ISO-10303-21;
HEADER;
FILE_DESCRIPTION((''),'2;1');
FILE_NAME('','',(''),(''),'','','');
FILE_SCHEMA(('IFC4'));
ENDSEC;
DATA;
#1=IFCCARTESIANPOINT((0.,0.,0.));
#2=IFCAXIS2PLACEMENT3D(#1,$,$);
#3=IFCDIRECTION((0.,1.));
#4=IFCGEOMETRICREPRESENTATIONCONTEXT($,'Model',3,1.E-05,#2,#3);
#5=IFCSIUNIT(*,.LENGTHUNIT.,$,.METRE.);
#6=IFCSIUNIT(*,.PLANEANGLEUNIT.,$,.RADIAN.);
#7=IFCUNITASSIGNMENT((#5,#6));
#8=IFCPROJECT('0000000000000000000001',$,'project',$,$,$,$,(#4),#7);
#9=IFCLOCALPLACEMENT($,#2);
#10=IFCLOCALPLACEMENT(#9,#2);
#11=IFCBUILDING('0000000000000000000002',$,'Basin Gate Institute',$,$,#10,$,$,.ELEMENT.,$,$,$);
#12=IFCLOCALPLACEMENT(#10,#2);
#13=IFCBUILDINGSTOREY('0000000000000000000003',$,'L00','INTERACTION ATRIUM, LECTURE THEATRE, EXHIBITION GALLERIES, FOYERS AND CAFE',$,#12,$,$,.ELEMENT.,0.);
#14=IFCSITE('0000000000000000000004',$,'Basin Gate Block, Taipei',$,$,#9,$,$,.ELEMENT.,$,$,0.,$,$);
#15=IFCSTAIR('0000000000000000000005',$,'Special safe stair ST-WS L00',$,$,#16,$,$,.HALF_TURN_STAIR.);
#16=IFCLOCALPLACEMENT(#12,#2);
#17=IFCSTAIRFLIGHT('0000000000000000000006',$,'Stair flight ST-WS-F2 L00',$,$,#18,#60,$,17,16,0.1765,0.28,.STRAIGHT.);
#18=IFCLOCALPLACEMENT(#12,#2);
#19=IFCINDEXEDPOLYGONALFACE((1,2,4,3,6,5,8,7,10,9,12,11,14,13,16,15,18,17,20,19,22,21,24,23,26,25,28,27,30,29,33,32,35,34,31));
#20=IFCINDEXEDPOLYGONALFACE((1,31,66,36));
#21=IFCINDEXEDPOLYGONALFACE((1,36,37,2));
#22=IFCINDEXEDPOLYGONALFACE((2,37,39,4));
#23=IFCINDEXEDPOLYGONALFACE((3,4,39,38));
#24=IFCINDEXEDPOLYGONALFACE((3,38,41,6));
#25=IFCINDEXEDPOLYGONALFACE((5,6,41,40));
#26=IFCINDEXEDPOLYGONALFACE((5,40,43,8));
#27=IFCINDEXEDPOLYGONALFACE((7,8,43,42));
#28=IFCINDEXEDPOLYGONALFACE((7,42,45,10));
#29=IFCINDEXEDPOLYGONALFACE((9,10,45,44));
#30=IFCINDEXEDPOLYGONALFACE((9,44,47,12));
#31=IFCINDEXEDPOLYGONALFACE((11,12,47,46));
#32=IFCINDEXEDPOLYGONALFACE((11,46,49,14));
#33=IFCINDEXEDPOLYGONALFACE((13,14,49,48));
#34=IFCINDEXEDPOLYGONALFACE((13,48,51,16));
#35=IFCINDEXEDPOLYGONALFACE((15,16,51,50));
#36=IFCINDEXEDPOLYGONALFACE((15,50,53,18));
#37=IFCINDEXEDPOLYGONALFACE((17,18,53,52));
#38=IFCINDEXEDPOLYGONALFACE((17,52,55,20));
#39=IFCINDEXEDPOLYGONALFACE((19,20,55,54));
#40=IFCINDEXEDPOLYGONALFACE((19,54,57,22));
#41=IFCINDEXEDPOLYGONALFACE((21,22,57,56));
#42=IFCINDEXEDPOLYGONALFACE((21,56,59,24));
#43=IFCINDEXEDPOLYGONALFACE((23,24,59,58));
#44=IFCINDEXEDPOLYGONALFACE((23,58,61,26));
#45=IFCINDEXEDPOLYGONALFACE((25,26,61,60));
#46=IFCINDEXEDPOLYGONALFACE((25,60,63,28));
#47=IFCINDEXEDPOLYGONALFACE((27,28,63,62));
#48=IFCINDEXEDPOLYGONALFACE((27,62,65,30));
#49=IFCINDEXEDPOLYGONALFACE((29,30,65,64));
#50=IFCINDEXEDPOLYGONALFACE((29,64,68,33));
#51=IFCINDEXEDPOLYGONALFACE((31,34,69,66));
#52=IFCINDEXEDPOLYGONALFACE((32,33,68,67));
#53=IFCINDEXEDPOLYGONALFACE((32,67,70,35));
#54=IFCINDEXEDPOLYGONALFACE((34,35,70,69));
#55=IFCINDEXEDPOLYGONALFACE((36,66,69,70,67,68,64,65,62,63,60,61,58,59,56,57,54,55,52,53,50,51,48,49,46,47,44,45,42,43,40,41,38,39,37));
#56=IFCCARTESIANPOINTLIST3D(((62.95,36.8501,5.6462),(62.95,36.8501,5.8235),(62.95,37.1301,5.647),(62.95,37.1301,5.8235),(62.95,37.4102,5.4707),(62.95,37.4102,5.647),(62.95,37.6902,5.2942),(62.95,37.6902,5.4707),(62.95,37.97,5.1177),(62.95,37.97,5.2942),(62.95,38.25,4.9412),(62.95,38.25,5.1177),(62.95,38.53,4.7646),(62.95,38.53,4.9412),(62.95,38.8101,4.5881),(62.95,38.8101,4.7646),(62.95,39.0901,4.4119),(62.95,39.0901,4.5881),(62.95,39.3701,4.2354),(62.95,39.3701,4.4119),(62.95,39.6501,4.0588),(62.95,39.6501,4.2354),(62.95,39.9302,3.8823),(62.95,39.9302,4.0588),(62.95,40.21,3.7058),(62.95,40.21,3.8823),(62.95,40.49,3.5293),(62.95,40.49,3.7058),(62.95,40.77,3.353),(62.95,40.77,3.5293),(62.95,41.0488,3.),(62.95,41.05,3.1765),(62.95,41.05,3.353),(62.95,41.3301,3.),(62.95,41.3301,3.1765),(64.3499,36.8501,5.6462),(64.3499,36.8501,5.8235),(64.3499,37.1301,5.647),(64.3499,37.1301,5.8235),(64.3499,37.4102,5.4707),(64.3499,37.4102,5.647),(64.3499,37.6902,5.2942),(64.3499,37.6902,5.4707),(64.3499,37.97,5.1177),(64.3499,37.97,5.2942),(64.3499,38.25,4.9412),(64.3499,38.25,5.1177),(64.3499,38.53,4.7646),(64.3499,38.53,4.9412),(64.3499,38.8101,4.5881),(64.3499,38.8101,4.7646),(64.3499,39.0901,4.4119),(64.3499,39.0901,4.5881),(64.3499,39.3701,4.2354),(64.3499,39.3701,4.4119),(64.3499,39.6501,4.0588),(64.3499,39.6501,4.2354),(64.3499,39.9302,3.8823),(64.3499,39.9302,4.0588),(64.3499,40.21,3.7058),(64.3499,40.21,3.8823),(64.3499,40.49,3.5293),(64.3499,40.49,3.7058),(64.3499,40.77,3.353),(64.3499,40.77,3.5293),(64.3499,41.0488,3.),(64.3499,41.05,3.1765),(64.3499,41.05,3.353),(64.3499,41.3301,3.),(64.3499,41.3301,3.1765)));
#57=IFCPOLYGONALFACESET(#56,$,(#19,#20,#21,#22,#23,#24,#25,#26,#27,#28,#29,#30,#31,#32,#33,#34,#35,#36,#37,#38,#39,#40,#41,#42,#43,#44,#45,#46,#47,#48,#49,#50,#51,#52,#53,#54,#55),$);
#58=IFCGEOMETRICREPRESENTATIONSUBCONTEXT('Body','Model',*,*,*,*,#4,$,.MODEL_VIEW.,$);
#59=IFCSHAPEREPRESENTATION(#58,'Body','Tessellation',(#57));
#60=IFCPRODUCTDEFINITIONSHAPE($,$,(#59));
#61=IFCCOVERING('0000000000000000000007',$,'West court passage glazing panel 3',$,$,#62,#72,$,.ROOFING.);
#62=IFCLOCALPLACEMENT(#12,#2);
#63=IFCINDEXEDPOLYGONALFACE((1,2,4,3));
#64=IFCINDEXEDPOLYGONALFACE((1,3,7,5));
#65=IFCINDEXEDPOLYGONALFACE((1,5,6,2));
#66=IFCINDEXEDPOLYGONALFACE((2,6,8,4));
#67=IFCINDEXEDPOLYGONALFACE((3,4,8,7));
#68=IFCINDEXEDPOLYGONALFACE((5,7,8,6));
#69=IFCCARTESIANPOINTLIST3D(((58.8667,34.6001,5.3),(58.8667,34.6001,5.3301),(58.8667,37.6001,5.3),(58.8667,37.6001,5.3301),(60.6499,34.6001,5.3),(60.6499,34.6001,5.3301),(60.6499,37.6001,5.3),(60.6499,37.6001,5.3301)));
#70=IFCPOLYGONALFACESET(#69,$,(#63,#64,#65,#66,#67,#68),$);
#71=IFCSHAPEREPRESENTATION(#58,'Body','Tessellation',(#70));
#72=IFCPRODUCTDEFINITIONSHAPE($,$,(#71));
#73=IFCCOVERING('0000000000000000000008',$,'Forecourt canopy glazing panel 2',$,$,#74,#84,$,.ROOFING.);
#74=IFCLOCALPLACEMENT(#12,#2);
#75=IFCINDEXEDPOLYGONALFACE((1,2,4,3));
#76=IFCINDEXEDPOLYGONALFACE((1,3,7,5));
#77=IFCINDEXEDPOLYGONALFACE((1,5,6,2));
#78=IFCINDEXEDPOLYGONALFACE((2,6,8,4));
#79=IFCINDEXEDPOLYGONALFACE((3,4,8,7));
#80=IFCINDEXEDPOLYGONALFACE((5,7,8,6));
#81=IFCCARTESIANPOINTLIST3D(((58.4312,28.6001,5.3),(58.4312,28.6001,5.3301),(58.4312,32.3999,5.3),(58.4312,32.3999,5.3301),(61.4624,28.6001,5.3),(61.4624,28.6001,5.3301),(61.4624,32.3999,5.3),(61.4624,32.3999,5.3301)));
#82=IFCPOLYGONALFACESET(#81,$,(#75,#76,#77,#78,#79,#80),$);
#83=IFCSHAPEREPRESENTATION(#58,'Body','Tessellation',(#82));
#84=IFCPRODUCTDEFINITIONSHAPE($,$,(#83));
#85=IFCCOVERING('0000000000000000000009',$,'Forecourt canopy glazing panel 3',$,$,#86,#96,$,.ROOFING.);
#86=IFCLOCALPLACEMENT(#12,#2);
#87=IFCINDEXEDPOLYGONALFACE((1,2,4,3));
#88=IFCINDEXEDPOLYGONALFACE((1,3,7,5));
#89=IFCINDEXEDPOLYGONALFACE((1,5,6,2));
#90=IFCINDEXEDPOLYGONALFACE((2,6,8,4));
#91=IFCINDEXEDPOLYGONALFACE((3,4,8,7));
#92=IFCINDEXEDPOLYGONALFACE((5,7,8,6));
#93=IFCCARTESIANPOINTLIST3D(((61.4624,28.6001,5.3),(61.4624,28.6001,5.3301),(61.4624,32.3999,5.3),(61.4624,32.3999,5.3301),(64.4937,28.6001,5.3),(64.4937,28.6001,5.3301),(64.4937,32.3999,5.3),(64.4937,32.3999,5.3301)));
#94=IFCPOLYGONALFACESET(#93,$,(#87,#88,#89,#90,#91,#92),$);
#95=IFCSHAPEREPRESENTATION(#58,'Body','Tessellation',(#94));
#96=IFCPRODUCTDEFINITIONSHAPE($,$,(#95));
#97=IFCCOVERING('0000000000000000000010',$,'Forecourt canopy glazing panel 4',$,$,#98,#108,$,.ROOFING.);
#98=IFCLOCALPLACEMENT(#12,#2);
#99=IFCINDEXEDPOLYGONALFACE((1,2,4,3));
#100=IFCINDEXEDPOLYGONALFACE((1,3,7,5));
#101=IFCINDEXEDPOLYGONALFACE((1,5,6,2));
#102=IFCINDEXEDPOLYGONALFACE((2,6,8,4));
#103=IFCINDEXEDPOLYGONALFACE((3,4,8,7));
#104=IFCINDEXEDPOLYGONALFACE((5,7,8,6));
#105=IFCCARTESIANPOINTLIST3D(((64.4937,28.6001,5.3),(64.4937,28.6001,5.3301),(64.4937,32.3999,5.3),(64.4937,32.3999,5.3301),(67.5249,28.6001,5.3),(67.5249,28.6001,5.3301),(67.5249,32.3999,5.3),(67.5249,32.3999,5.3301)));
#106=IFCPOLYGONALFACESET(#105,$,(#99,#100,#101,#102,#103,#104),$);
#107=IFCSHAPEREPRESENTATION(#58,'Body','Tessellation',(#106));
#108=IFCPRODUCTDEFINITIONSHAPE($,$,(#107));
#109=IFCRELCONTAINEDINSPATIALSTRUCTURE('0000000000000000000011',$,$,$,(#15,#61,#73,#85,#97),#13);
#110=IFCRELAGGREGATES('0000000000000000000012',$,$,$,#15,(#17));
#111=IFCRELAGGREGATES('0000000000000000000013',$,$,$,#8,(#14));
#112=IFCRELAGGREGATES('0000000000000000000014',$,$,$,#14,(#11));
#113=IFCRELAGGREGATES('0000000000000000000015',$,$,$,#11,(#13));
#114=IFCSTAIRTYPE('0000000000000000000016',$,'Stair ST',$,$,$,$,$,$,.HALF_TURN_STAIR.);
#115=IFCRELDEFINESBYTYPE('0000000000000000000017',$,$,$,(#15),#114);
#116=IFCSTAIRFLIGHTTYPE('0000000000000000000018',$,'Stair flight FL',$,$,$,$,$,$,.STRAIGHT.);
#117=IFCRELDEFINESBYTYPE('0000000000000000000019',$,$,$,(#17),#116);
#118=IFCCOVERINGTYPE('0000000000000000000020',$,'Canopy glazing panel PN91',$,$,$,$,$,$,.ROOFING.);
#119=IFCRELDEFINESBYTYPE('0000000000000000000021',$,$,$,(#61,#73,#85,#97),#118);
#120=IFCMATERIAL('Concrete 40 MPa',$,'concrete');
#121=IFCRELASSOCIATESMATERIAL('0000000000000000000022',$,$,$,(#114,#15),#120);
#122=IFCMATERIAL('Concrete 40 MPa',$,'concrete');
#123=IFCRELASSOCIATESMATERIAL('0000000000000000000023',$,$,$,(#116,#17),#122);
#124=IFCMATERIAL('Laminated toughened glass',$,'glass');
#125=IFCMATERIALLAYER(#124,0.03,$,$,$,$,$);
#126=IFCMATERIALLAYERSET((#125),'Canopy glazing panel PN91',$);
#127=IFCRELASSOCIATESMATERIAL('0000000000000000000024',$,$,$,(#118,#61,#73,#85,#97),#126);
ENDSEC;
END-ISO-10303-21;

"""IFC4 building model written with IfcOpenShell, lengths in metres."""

from ifc_helpers import new_model, si_unit, direction, frame, origin, place, context, subcontext, project, spatial, polyline, outline, extrude, material, layer, layer_set, type_object, element, aggregate, save


model = new_model("IFC4")

# Units and contexts
model_context = context("Model", 3, precision=1e-05, world=origin(), true_north=direction((0.0, 1.0)))
body_context = subcontext(model_context, "Body", "Model", "MODEL_VIEW")
ifc_project = project(units=[si_unit("LENGTHUNIT", "METRE"), si_unit("PLANEANGLEUNIT", "RADIAN")], contexts=[model_context])

# Site, building, storey
site_placement = place(None, origin())
site = spatial("IfcSite", under=ifc_project, at=site_placement, Name="Basin Gate Block, Taipei", CompositionType="ELEMENT", RefElevation=0.0)
building_placement = place(site_placement, origin())
building = spatial("IfcBuilding", under=site, at=building_placement, Name="Basin Gate Institute", CompositionType="ELEMENT")
storey_placement = place(building_placement, origin())
storey = spatial("IfcBuildingStorey", under=building, at=storey_placement, Name="L00", Description="INTERACTION ATRIUM, LECTURE THEATRE, EXHIBITION GALLERIES, FOYERS AND CAFE", CompositionType="ELEMENT", Elevation=0.0)

# Stair, stair flight
ifc_material_1 = material(Name="Concrete 40 MPa", Category="concrete")
stair_type = type_object("IfcStairType", Name="Stair ST", PredefinedType="HALF_TURN_STAIR", material=ifc_material_1)
stair_placement = place(storey_placement, origin())
stair = element("IfcStair", 1, at=stair_placement, inside=storey, type_object=stair_type, material=ifc_material_1, Name="Special safe stair ST-WS L00", PredefinedType="HALF_TURN_STAIR")
ifc_material_2 = material(Name="Concrete 40 MPa", Category="concrete")
stair_flight_type = type_object("IfcStairFlightType", Name="Stair flight FL", PredefinedType="STRAIGHT", material=ifc_material_2)
stair_flight_1_placement = place(storey_placement, frame((63.6499, 41.3301, 3.0), z_axis=(0.0, 0.0, 1.0), x_axis=(0.0, -1.0, 0.0)))
stair_flight_1 = element("IfcStairFlight", 2, at=stair_flight_1_placement, type_object=stair_flight_type, material=ifc_material_2, Name="Stair flight ST-WS-F2 L00", NumberOfRisers=17, NumberOfTreads=16, PredefinedType="STRAIGHT", RiserHeight=0.1765, TreadLength=0.28, context=body_context, shape_type="SweptSolid", body=[
    extrude(outline(polyline([(0.0, 0.0), (0.0, 0.1765), (0.28, 0.1765), (0.28, 0.353), (0.5601, 0.353), (0.5601, 0.5293), (0.8401, 0.5293), (0.8401, 0.7058), (1.1201, 0.7058), (1.1201, 0.8823), (1.3999, 0.8823), (1.3999, 1.0588), (1.6799, 1.0588), (1.6799, 1.2354), (1.96, 1.2354), (1.96, 1.4119), (2.24, 1.4119), (2.24, 1.5881), (2.52, 1.5881), (2.52, 1.7646), (2.8, 1.7646), (2.8, 1.9412), (3.0801, 1.9412), (3.0801, 2.1177), (3.3601, 2.1177), (3.3601, 2.2942), (3.6399, 2.2942), (3.6399, 2.4707), (3.9199, 2.4707), (3.9199, 2.647), (4.2, 2.647), (4.2, 2.8235), (4.48, 2.8235), (4.48, 3.0), (4.48, 2.6462), (0.2812, 0.0), (0.0, 0.0)])), frame((0.0, 0.7, 0.0), z_axis=(0.0, -1.0, 0.0), x_axis=(1.0, 0.0, 0.0)), (0.0, 0.0, 1.0), 1.3999),
])
aggregate(stair, [stair_flight_1])

# Coverings
ifc_material_3 = material(Name="Laminated toughened glass", Category="glass")
ifc_layer_1 = layer(ifc_material_3, 0.03)
ifc_layer_set_1 = layer_set([ifc_layer_1], Name="Canopy glazing panel PN91")
covering_type = type_object("IfcCoveringType", Name="Canopy glazing panel PN91", PredefinedType="ROOFING", material=ifc_layer_set_1)
covering_placement = place(storey_placement, frame((58.8667, 34.6001, 5.3301), z_axis=(0.0, 0.0, 1.0), x_axis=(1.0, 0.0, 0.0)))
element("IfcCovering", 3, at=covering_placement, inside=storey, type_object=covering_type, material=ifc_layer_set_1, Name="West court passage glazing panel 3", PredefinedType="ROOFING", context=body_context, shape_type="SweptSolid", body=[
    extrude(outline(polyline([(0.0, 0.0), (1.7832, 0.0), (1.7832, 3.0), (0.0, 3.0), (0.0, 0.0)])), origin(), (0.0, 0.0, -1.0), 0.03),
])
for number, where, z_axis, x_axis, name in (
    (4, (58.4312, 28.6001, 5.3301), (0.0, 0.0, 1.0), (1.0, 0.0, 0.0), "Forecourt canopy glazing panel 2"),
    (5, (61.4624, 28.6001, 5.3301), (0.0, 0.0, 1.0), (1.0, 0.0, 0.0), "Forecourt canopy glazing panel 3"),
    (6, (64.4937, 28.6001, 5.3301), (0.0, 0.0, 1.0), (1.0, 0.0, 0.0), "Forecourt canopy glazing panel 4"),
):
    element("IfcCovering", number, at=place(storey_placement, frame(where, z_axis=z_axis, x_axis=x_axis)), inside=storey, type_object=covering_type, material=ifc_layer_set_1, Name=name, PredefinedType="ROOFING", context=body_context, shape_type="SweptSolid", body=[
        extrude(outline(polyline([(0.0, 0.0), (3.0312, 0.0), (3.0312, 3.7998), (0.0, 3.7998), (0.0, 0.0)])), origin(), (0.0, 0.0, -1.0), 0.03),
    ])

save(model, "model.ifc")
